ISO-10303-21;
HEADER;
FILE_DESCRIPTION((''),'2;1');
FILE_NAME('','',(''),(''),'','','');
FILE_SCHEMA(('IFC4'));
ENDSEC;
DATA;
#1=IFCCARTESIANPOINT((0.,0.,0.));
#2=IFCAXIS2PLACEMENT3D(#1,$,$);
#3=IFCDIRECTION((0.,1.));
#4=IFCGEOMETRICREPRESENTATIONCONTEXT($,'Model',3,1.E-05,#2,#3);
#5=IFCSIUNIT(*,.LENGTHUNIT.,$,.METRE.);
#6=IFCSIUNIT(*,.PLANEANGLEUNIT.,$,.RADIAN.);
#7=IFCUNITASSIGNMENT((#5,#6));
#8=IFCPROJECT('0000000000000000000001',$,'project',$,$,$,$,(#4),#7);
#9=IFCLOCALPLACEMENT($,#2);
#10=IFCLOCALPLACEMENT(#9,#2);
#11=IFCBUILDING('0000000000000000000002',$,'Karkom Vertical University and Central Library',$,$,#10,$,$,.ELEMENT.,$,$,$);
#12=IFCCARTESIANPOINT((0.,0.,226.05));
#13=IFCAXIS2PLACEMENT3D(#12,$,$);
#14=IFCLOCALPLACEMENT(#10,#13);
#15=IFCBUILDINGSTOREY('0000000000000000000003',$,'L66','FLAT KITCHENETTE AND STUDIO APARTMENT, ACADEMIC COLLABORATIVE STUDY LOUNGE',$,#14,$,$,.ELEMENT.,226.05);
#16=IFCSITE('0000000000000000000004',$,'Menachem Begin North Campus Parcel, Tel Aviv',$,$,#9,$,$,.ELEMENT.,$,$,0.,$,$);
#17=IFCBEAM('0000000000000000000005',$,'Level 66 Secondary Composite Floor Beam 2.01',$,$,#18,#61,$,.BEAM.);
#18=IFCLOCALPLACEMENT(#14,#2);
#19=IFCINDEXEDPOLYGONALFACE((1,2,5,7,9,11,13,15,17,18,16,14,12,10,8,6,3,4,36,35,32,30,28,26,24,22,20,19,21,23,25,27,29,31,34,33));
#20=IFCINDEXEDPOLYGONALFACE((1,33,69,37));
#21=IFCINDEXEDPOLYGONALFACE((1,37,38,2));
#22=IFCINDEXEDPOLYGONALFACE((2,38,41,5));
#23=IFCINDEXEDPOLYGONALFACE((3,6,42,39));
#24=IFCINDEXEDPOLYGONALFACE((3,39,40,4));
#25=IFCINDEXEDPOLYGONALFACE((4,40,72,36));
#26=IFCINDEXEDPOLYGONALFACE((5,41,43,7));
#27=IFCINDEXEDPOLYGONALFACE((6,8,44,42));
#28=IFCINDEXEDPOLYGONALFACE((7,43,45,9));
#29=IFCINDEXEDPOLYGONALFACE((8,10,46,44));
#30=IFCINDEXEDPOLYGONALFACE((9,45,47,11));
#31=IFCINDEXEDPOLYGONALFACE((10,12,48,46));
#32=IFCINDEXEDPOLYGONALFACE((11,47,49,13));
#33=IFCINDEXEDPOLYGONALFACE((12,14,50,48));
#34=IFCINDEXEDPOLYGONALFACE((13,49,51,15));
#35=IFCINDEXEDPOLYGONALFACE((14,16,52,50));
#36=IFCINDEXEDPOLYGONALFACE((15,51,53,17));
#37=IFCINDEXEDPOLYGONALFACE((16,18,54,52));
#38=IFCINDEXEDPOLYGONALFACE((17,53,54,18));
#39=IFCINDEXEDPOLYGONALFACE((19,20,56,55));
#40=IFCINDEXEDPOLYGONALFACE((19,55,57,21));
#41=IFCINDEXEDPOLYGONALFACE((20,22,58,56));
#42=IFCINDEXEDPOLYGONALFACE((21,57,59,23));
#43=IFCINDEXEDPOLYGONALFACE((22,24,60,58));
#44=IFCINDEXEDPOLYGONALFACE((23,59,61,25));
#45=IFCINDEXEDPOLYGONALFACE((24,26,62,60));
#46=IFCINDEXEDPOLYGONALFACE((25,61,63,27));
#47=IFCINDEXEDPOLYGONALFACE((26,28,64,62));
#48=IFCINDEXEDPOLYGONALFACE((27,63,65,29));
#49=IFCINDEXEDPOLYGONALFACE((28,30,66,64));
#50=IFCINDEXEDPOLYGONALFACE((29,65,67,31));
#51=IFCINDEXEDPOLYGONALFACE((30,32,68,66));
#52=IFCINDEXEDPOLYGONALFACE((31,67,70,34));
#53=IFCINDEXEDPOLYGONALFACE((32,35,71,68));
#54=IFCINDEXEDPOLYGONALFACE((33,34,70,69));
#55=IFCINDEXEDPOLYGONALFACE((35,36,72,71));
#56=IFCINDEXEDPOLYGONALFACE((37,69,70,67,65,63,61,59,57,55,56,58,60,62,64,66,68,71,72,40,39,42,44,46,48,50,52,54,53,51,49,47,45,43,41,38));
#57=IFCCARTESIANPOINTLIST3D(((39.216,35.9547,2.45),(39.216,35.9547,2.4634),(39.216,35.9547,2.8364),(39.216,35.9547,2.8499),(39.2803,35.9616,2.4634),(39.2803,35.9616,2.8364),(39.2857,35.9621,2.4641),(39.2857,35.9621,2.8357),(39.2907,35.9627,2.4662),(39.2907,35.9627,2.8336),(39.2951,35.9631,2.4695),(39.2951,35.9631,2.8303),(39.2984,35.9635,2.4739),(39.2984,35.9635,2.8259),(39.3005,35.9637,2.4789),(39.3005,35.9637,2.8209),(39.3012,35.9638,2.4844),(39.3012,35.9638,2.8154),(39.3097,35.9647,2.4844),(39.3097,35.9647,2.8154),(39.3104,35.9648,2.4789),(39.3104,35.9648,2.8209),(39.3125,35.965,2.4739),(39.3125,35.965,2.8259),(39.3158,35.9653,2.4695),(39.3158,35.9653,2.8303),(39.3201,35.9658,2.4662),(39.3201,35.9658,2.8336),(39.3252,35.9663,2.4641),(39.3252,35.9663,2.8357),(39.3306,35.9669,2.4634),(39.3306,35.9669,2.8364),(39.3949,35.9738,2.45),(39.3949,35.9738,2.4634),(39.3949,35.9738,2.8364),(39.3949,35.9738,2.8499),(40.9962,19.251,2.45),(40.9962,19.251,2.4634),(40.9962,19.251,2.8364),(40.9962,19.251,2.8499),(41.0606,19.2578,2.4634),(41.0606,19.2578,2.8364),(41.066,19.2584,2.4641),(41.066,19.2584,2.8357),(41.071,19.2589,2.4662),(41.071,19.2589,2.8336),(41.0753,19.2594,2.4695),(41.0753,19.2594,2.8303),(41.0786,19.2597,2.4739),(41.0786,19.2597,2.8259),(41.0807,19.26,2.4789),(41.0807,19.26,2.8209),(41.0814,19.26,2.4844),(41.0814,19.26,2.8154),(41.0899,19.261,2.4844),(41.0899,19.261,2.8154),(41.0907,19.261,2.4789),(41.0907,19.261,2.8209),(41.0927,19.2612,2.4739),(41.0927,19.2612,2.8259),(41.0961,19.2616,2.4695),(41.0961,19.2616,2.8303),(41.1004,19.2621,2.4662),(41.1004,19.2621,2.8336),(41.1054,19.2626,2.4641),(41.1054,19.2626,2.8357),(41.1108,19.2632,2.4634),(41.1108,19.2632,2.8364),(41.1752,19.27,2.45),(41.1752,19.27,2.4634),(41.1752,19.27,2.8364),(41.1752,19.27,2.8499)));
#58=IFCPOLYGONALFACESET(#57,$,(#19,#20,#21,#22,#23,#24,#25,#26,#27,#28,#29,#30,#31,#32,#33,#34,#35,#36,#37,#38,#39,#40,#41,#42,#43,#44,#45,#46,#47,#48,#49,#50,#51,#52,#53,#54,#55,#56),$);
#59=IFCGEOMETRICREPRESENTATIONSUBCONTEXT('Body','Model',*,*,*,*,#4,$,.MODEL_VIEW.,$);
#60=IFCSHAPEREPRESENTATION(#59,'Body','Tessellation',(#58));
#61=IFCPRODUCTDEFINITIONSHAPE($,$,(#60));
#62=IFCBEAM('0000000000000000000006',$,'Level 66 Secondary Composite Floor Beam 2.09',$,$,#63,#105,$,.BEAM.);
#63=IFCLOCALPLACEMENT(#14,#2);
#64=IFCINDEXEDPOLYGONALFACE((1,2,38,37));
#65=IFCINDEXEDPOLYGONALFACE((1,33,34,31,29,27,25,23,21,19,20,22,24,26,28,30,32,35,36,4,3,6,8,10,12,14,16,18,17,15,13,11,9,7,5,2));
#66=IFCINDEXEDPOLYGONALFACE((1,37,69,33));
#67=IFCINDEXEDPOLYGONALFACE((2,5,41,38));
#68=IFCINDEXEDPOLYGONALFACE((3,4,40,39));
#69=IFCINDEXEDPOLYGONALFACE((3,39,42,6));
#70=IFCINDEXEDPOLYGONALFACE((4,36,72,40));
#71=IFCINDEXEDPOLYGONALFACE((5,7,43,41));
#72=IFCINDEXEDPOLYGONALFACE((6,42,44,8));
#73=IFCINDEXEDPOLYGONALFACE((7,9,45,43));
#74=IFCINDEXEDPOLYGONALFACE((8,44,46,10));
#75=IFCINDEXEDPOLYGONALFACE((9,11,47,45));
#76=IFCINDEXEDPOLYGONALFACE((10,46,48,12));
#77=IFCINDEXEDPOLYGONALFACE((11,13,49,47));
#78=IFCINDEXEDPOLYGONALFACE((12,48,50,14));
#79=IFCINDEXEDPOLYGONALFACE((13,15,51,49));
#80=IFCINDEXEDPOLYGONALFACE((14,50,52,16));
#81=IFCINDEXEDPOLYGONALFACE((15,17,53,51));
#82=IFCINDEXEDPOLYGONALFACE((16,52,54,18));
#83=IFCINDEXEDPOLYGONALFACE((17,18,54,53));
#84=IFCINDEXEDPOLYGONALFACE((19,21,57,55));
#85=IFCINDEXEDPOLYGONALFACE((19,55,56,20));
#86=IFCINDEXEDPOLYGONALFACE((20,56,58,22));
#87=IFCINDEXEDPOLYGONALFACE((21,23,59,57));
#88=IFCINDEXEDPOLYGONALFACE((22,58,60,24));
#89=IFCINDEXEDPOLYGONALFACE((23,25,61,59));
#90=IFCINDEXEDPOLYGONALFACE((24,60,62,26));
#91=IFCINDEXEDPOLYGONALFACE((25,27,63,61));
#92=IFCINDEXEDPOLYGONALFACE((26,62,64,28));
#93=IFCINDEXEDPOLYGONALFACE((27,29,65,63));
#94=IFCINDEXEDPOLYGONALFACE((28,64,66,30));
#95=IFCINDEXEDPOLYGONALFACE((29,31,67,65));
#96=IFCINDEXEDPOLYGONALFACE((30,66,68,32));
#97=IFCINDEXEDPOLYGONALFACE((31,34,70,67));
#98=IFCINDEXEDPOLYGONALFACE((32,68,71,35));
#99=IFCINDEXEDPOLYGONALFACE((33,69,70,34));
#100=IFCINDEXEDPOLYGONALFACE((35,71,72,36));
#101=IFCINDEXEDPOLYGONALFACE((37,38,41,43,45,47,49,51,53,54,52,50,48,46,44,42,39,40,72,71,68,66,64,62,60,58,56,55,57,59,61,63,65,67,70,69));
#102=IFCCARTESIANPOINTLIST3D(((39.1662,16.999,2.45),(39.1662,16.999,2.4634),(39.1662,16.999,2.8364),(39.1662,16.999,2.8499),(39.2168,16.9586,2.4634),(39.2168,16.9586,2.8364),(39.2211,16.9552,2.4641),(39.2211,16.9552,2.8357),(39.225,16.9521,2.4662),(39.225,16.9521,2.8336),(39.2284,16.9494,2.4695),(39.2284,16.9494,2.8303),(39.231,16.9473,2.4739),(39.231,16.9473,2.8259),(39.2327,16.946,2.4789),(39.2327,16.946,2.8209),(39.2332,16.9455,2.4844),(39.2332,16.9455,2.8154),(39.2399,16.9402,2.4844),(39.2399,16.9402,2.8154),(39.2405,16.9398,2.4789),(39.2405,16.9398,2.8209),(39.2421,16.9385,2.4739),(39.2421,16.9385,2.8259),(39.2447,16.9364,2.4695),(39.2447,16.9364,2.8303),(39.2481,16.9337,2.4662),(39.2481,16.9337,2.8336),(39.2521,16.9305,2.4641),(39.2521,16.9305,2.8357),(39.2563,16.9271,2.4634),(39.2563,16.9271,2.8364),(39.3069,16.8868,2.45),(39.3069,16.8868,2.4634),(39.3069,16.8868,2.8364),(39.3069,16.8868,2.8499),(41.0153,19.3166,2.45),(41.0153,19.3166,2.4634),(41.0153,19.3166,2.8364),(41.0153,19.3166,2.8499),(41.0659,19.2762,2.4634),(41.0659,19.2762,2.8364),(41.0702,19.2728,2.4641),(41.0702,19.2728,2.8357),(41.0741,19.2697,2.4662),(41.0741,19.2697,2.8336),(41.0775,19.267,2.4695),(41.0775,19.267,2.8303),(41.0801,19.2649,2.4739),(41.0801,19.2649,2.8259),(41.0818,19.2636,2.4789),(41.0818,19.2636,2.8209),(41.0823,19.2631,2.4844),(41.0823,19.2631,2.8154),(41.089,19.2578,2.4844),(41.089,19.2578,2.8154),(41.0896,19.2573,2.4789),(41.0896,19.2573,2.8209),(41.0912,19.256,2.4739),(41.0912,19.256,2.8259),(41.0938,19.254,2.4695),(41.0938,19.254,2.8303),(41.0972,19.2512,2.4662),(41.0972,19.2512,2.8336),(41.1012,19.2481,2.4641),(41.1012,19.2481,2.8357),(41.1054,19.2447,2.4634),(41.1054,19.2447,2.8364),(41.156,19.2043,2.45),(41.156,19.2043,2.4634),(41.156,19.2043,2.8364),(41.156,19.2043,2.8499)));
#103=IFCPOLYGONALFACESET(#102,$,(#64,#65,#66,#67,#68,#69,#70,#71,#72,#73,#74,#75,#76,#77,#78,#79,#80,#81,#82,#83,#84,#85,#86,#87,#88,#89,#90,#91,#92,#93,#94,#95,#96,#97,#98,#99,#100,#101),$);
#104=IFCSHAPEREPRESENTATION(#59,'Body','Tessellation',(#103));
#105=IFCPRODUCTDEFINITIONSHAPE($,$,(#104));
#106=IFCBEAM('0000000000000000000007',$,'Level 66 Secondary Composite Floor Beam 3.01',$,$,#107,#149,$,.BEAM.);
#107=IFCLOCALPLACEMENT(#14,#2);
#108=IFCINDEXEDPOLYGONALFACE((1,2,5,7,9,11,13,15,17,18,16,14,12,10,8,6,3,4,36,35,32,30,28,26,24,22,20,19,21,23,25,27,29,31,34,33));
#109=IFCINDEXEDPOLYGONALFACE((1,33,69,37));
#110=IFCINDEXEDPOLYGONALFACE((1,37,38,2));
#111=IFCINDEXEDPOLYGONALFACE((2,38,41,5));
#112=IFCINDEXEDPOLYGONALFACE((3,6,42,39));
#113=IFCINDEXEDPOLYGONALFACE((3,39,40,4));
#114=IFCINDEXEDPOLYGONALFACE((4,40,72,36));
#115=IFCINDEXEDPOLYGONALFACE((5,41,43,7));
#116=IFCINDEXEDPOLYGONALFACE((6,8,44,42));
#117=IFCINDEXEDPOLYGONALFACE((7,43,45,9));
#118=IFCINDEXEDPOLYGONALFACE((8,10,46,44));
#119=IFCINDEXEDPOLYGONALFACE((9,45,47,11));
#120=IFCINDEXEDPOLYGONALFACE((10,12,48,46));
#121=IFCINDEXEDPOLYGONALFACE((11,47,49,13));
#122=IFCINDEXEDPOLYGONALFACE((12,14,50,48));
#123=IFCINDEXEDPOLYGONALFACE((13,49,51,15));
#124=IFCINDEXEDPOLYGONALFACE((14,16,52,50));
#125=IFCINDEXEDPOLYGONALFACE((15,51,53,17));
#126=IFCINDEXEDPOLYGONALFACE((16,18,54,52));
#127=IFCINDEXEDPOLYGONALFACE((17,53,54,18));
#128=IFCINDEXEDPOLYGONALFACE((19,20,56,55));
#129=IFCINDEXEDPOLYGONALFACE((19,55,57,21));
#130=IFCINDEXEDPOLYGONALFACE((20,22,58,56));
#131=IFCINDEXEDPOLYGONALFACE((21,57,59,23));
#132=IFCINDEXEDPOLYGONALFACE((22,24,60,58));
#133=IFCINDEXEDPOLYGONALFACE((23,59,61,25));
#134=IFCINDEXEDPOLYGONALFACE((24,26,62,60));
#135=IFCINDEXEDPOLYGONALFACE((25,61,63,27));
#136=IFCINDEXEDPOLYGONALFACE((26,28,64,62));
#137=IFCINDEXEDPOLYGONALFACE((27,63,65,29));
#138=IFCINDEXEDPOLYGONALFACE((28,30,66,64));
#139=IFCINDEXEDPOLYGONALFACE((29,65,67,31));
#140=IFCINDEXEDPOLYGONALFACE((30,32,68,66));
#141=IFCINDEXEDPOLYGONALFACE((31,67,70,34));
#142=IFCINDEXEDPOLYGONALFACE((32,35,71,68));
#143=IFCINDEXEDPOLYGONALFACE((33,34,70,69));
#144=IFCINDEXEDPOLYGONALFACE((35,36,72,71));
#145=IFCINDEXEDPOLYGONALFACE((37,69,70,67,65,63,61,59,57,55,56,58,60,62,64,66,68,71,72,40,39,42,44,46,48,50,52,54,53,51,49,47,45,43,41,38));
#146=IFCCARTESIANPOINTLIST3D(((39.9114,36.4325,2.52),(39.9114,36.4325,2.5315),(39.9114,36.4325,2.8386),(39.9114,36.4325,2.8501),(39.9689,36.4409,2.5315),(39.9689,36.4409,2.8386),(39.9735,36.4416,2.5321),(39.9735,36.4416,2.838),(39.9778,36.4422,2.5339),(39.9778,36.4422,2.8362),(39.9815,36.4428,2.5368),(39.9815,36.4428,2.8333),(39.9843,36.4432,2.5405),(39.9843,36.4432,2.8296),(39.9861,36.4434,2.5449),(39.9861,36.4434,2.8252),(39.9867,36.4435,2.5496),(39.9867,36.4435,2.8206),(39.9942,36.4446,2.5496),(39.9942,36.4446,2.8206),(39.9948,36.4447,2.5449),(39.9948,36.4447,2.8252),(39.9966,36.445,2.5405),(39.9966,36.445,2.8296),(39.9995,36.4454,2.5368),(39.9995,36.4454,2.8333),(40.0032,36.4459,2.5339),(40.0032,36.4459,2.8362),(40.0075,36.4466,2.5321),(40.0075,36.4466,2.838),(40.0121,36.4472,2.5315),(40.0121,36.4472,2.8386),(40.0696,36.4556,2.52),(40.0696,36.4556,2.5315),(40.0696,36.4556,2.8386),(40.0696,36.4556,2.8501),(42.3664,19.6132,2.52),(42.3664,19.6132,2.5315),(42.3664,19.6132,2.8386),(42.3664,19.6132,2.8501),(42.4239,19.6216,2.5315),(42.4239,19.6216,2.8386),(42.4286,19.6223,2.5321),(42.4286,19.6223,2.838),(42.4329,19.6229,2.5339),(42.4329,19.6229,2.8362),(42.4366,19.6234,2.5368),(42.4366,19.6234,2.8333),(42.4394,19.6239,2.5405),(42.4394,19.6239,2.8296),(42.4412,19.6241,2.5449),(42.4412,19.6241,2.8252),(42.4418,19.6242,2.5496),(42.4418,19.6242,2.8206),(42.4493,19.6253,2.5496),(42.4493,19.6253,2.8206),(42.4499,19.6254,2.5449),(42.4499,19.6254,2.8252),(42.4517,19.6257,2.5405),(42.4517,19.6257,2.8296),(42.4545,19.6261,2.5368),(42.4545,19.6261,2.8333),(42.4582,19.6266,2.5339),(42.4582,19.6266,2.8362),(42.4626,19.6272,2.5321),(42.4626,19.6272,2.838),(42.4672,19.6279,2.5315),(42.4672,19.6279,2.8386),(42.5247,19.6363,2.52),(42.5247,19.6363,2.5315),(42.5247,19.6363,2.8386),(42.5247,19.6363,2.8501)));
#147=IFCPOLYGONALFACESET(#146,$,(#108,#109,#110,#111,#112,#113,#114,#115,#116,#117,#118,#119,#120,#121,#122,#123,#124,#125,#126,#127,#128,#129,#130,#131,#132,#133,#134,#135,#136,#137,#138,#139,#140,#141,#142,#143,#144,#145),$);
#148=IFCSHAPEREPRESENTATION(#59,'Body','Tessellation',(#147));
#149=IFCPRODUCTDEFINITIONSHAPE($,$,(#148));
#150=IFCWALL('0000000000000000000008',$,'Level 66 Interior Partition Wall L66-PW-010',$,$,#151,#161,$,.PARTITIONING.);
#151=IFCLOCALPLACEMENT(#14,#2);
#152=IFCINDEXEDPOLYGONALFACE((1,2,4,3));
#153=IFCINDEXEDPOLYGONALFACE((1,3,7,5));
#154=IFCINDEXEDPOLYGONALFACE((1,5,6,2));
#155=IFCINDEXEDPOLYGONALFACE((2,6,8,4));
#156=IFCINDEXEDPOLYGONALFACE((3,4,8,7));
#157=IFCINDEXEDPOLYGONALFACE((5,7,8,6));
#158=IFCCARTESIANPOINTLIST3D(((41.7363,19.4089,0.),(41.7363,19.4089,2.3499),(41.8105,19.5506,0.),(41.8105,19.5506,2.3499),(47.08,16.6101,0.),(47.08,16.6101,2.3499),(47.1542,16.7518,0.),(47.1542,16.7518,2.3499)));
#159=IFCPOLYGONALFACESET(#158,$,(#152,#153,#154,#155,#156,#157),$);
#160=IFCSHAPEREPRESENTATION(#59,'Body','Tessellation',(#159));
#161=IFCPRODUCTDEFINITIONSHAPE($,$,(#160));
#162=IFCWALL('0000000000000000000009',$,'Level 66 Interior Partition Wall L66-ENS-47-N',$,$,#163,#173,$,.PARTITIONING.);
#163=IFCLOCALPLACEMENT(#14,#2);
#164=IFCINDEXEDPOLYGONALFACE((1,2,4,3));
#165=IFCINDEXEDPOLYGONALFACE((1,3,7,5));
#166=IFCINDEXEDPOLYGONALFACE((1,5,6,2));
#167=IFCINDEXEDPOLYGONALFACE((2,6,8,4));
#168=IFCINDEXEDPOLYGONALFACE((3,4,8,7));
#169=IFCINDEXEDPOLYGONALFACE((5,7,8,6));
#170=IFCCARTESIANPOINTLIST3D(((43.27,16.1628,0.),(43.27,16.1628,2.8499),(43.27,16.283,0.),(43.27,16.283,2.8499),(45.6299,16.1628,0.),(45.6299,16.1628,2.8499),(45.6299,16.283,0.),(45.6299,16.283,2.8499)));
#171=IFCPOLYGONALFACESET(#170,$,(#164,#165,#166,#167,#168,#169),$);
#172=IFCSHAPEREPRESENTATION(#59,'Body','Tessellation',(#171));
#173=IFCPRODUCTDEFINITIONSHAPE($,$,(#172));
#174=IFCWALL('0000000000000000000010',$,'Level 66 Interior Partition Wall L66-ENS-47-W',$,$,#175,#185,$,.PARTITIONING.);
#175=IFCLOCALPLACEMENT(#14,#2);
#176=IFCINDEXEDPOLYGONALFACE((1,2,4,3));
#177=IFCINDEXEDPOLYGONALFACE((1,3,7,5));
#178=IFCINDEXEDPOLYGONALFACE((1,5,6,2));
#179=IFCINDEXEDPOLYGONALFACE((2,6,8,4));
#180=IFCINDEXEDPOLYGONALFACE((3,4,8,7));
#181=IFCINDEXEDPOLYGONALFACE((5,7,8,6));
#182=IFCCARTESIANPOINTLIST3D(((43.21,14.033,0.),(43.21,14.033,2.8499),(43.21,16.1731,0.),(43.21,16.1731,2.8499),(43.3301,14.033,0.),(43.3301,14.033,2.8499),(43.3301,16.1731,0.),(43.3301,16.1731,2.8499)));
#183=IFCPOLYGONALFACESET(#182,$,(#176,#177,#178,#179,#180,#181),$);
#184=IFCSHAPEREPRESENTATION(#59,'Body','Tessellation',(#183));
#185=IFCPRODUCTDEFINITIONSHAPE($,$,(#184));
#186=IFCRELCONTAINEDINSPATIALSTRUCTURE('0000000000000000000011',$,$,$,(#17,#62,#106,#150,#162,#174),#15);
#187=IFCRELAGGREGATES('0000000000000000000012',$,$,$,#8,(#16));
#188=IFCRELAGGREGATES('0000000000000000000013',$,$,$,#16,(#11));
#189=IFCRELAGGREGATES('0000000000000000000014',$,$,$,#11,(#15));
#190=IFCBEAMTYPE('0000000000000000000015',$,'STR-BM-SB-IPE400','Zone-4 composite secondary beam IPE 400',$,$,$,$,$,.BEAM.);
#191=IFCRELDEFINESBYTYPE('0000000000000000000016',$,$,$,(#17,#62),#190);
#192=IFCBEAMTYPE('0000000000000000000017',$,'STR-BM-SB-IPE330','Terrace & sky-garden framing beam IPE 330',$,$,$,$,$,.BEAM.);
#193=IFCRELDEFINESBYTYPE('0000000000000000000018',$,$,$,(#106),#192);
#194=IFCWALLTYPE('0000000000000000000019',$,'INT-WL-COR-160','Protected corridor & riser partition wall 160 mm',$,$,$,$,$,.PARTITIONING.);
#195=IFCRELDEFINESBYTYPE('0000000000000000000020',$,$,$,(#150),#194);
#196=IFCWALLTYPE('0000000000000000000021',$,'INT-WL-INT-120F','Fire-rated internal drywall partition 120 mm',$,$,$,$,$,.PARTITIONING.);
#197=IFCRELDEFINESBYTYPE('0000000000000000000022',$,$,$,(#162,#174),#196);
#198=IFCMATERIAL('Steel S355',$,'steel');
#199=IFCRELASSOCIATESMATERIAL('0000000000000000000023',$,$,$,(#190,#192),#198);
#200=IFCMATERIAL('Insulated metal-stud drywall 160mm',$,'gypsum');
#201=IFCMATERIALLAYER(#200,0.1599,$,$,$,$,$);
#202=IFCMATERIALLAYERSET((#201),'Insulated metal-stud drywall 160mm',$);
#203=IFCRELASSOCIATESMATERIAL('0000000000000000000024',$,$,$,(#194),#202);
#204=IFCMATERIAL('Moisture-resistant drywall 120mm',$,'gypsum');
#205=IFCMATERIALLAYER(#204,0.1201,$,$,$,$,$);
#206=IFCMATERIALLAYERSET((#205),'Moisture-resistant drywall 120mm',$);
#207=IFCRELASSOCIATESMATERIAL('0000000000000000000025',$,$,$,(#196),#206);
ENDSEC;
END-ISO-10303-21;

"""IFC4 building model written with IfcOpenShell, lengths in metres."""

from ifc_helpers import new_model, si_unit, direction, frame, frame_2d, origin, origin_with_axes, origin_2d, place, context, subcontext, project, spatial, rectangle, i_section, extrude, source, transform, mapped, material, layer, layer_set, material_profile, profile_set, type_object, element, save


model = new_model("IFC4")

# Units and contexts
model_context = context("Model", 3, precision=1e-05, world=origin(), true_north=direction((0.0, 1.0)))
body_context = subcontext(model_context, "Body", "Model", "MODEL_VIEW")
ifc_project = project(units=[si_unit("LENGTHUNIT", "METRE"), si_unit("PLANEANGLEUNIT", "RADIAN")], contexts=[model_context])

# Site, building, storey
site_placement = place(None, origin())
site = spatial("IfcSite", under=ifc_project, at=site_placement, Name="Menachem Begin North Campus Parcel, Tel Aviv", CompositionType="ELEMENT", RefElevation=0.0)
building_placement = place(site_placement, origin())
building = spatial("IfcBuilding", under=site, at=building_placement, Name="Karkom Vertical University and Central Library", CompositionType="ELEMENT")
storey_placement = place(building_placement, frame((0.0, 0.0, 226.05)))
storey = spatial("IfcBuildingStorey", under=building, at=storey_placement, Name="L66", Description="FLAT KITCHENETTE AND STUDIO APARTMENT, ACADEMIC COLLABORATIVE STUDY LOUNGE", CompositionType="ELEMENT", Elevation=226.05)

# Beams
ifc_material_1 = material(Name="Steel S355", Category="steel")
ifc_material_profile_1 = material_profile(ifc_material_1, i_section(OverallWidth=0.1799, OverallDepth=0.3999, WebThickness=0.0085, FlangeThickness=0.0134, FilletRadius=0.021, at=origin_2d()), Name="IPE 400")
ifc_profile_set_1 = profile_set([ifc_material_profile_1], Name="Steel S355")
beam_type_1 = type_object("IfcBeamType", Name="STR-BM-SB-IPE400", Description="Zone-4 composite secondary beam IPE 400", PredefinedType="BEAM", material=ifc_profile_set_1)
shared_shape_1 = source(origin_with_axes(), body_context, "Body", "SweptSolid", [
    extrude(i_section(OverallWidth=0.1799, OverallDepth=0.3999, WebThickness=0.0085, FlangeThickness=0.0134, FilletRadius=0.021, at=origin_2d()), origin(), (0.0, 0.0, 1.0), 16.7983),
])
beam_1_placement = place(storey_placement, frame((41.0857, 19.2605, 2.6499), z_axis=(-0.105978, 0.994368, 0.0), x_axis=(-0.994368, -0.105978, 0.0)))
element("IfcBeam", 1, at=beam_1_placement, inside=storey, type_object=beam_type_1, Name="Level 66 Secondary Composite Floor Beam 2.01", PredefinedType="BEAM", context=body_context, shape_type="MappedRepresentation", body=[
    mapped(shared_shape_1, transform((0.0, 0.0, 0.0), scale=1.0)),
])
shared_shape_2 = source(origin_with_axes(), body_context, "Body", "SweptSolid", [
    extrude(i_section(OverallWidth=0.1799, OverallDepth=0.3999, WebThickness=0.0085, FlangeThickness=0.0134, FilletRadius=0.021, at=origin_2d()), origin(), (0.0, 0.0, 1.0), 2.9648),
])
beam_2_placement = place(storey_placement, frame((39.2366, 16.9429, 2.6499), z_axis=(0.62367, 0.781688, 0.0), x_axis=(-0.781688, 0.62367, 0.0)))
element("IfcBeam", 2, at=beam_2_placement, inside=storey, type_object=beam_type_1, Name="Level 66 Secondary Composite Floor Beam 2.09", PredefinedType="BEAM", context=body_context, shape_type="MappedRepresentation", body=[
    mapped(shared_shape_2, transform((0.0, 0.0, 0.0), scale=1.0)),
])
ifc_material_profile_2 = material_profile(ifc_material_1, i_section(OverallWidth=0.1599, OverallDepth=0.3301, WebThickness=0.0076, FlangeThickness=0.0115, FilletRadius=0.0181, at=origin_2d()), Name="IPE 330")
ifc_profile_set_2 = profile_set([ifc_material_profile_2], Name="Steel S355")
beam_type_2 = type_object("IfcBeamType", Name="STR-BM-SB-IPE330", Description="Terrace & sky-garden framing beam IPE 330", PredefinedType="BEAM", material=ifc_profile_set_2)
shared_shape_3 = source(origin_with_axes(), body_context, "Body", "SweptSolid", [
    extrude(i_section(OverallWidth=0.1599, OverallDepth=0.3301, WebThickness=0.0076, FlangeThickness=0.0115, FilletRadius=0.0181, at=origin_2d()), origin(), (0.0, 0.0, 1.0), 16.9976),
])
beam_3_placement = place(storey_placement, frame((42.4456, 19.6248, 2.6851), z_axis=(-0.144437, 0.989514, 0.0), x_axis=(-0.989514, -0.144437, 0.0)))
element("IfcBeam", 3, at=beam_3_placement, inside=storey, type_object=beam_type_2, Name="Level 66 Secondary Composite Floor Beam 3.01", PredefinedType="BEAM", context=body_context, shape_type="MappedRepresentation", body=[
    mapped(shared_shape_3, transform((0.0, 0.0, 0.0), scale=1.0)),
])

# Walls
ifc_material_2 = material(Name="Insulated metal-stud drywall 160mm", Category="gypsum")
ifc_layer_1 = layer(ifc_material_2, 0.1599)
ifc_layer_set_1 = layer_set([ifc_layer_1], Name="Insulated metal-stud drywall 160mm")
wall_type_1 = type_object("IfcWallType", Name="INT-WL-COR-160", Description="Protected corridor & riser partition wall 160 mm", PredefinedType="PARTITIONING", material=ifc_layer_set_1)
wall_1_placement = place(storey_placement, frame((41.7734, 19.4797, 0.0), z_axis=(0.0, 0.0, 1.0), x_axis=(0.885851, -0.463971, 0.0)))
element("IfcWall", 4, at=wall_1_placement, inside=storey, type_object=wall_type_1, Name="Level 66 Interior Partition Wall L66-PW-010", PredefinedType="PARTITIONING", context=body_context, shape_type="SweptSolid", body=[
    extrude(rectangle(XDim=6.0322, YDim=0.1599, at=frame_2d((3.0161, 0.0))), origin(), (0.0, 0.0, 1.0), 2.3499),
])
ifc_material_3 = material(Name="Moisture-resistant drywall 120mm", Category="gypsum")
ifc_layer_2 = layer(ifc_material_3, 0.1201)
ifc_layer_set_2 = layer_set([ifc_layer_2], Name="Moisture-resistant drywall 120mm")
wall_type_2 = type_object("IfcWallType", Name="INT-WL-INT-120F", Description="Fire-rated internal drywall partition 120 mm", PredefinedType="PARTITIONING", material=ifc_layer_set_2)
wall_2_placement = place(storey_placement, frame((45.6299, 16.2229, 0.0), z_axis=(0.0, 0.0, 1.0), x_axis=(-1.0, 0.0, 0.0)))
element("IfcWall", 5, at=wall_2_placement, inside=storey, type_object=wall_type_2, Name="Level 66 Interior Partition Wall L66-ENS-47-N", PredefinedType="PARTITIONING", context=body_context, shape_type="SweptSolid", body=[
    extrude(rectangle(XDim=2.3599, YDim=0.1201, at=frame_2d((1.1799, 0.0))), origin(), (0.0, 0.0, 1.0), 2.8499),
])
wall_3_placement = place(storey_placement, frame((43.27, 16.1731, 0.0), z_axis=(0.0, 0.0, 1.0), x_axis=(0.0, -1.0, 0.0)))
element("IfcWall", 6, at=wall_3_placement, inside=storey, type_object=wall_type_2, Name="Level 66 Interior Partition Wall L66-ENS-47-W", PredefinedType="PARTITIONING", context=body_context, shape_type="SweptSolid", body=[
    extrude(rectangle(XDim=2.1401, YDim=0.1201, at=frame_2d((1.0701, 0.0))), origin(), (0.0, 0.0, 1.0), 2.8499),
])

save(model, "model.ifc")
